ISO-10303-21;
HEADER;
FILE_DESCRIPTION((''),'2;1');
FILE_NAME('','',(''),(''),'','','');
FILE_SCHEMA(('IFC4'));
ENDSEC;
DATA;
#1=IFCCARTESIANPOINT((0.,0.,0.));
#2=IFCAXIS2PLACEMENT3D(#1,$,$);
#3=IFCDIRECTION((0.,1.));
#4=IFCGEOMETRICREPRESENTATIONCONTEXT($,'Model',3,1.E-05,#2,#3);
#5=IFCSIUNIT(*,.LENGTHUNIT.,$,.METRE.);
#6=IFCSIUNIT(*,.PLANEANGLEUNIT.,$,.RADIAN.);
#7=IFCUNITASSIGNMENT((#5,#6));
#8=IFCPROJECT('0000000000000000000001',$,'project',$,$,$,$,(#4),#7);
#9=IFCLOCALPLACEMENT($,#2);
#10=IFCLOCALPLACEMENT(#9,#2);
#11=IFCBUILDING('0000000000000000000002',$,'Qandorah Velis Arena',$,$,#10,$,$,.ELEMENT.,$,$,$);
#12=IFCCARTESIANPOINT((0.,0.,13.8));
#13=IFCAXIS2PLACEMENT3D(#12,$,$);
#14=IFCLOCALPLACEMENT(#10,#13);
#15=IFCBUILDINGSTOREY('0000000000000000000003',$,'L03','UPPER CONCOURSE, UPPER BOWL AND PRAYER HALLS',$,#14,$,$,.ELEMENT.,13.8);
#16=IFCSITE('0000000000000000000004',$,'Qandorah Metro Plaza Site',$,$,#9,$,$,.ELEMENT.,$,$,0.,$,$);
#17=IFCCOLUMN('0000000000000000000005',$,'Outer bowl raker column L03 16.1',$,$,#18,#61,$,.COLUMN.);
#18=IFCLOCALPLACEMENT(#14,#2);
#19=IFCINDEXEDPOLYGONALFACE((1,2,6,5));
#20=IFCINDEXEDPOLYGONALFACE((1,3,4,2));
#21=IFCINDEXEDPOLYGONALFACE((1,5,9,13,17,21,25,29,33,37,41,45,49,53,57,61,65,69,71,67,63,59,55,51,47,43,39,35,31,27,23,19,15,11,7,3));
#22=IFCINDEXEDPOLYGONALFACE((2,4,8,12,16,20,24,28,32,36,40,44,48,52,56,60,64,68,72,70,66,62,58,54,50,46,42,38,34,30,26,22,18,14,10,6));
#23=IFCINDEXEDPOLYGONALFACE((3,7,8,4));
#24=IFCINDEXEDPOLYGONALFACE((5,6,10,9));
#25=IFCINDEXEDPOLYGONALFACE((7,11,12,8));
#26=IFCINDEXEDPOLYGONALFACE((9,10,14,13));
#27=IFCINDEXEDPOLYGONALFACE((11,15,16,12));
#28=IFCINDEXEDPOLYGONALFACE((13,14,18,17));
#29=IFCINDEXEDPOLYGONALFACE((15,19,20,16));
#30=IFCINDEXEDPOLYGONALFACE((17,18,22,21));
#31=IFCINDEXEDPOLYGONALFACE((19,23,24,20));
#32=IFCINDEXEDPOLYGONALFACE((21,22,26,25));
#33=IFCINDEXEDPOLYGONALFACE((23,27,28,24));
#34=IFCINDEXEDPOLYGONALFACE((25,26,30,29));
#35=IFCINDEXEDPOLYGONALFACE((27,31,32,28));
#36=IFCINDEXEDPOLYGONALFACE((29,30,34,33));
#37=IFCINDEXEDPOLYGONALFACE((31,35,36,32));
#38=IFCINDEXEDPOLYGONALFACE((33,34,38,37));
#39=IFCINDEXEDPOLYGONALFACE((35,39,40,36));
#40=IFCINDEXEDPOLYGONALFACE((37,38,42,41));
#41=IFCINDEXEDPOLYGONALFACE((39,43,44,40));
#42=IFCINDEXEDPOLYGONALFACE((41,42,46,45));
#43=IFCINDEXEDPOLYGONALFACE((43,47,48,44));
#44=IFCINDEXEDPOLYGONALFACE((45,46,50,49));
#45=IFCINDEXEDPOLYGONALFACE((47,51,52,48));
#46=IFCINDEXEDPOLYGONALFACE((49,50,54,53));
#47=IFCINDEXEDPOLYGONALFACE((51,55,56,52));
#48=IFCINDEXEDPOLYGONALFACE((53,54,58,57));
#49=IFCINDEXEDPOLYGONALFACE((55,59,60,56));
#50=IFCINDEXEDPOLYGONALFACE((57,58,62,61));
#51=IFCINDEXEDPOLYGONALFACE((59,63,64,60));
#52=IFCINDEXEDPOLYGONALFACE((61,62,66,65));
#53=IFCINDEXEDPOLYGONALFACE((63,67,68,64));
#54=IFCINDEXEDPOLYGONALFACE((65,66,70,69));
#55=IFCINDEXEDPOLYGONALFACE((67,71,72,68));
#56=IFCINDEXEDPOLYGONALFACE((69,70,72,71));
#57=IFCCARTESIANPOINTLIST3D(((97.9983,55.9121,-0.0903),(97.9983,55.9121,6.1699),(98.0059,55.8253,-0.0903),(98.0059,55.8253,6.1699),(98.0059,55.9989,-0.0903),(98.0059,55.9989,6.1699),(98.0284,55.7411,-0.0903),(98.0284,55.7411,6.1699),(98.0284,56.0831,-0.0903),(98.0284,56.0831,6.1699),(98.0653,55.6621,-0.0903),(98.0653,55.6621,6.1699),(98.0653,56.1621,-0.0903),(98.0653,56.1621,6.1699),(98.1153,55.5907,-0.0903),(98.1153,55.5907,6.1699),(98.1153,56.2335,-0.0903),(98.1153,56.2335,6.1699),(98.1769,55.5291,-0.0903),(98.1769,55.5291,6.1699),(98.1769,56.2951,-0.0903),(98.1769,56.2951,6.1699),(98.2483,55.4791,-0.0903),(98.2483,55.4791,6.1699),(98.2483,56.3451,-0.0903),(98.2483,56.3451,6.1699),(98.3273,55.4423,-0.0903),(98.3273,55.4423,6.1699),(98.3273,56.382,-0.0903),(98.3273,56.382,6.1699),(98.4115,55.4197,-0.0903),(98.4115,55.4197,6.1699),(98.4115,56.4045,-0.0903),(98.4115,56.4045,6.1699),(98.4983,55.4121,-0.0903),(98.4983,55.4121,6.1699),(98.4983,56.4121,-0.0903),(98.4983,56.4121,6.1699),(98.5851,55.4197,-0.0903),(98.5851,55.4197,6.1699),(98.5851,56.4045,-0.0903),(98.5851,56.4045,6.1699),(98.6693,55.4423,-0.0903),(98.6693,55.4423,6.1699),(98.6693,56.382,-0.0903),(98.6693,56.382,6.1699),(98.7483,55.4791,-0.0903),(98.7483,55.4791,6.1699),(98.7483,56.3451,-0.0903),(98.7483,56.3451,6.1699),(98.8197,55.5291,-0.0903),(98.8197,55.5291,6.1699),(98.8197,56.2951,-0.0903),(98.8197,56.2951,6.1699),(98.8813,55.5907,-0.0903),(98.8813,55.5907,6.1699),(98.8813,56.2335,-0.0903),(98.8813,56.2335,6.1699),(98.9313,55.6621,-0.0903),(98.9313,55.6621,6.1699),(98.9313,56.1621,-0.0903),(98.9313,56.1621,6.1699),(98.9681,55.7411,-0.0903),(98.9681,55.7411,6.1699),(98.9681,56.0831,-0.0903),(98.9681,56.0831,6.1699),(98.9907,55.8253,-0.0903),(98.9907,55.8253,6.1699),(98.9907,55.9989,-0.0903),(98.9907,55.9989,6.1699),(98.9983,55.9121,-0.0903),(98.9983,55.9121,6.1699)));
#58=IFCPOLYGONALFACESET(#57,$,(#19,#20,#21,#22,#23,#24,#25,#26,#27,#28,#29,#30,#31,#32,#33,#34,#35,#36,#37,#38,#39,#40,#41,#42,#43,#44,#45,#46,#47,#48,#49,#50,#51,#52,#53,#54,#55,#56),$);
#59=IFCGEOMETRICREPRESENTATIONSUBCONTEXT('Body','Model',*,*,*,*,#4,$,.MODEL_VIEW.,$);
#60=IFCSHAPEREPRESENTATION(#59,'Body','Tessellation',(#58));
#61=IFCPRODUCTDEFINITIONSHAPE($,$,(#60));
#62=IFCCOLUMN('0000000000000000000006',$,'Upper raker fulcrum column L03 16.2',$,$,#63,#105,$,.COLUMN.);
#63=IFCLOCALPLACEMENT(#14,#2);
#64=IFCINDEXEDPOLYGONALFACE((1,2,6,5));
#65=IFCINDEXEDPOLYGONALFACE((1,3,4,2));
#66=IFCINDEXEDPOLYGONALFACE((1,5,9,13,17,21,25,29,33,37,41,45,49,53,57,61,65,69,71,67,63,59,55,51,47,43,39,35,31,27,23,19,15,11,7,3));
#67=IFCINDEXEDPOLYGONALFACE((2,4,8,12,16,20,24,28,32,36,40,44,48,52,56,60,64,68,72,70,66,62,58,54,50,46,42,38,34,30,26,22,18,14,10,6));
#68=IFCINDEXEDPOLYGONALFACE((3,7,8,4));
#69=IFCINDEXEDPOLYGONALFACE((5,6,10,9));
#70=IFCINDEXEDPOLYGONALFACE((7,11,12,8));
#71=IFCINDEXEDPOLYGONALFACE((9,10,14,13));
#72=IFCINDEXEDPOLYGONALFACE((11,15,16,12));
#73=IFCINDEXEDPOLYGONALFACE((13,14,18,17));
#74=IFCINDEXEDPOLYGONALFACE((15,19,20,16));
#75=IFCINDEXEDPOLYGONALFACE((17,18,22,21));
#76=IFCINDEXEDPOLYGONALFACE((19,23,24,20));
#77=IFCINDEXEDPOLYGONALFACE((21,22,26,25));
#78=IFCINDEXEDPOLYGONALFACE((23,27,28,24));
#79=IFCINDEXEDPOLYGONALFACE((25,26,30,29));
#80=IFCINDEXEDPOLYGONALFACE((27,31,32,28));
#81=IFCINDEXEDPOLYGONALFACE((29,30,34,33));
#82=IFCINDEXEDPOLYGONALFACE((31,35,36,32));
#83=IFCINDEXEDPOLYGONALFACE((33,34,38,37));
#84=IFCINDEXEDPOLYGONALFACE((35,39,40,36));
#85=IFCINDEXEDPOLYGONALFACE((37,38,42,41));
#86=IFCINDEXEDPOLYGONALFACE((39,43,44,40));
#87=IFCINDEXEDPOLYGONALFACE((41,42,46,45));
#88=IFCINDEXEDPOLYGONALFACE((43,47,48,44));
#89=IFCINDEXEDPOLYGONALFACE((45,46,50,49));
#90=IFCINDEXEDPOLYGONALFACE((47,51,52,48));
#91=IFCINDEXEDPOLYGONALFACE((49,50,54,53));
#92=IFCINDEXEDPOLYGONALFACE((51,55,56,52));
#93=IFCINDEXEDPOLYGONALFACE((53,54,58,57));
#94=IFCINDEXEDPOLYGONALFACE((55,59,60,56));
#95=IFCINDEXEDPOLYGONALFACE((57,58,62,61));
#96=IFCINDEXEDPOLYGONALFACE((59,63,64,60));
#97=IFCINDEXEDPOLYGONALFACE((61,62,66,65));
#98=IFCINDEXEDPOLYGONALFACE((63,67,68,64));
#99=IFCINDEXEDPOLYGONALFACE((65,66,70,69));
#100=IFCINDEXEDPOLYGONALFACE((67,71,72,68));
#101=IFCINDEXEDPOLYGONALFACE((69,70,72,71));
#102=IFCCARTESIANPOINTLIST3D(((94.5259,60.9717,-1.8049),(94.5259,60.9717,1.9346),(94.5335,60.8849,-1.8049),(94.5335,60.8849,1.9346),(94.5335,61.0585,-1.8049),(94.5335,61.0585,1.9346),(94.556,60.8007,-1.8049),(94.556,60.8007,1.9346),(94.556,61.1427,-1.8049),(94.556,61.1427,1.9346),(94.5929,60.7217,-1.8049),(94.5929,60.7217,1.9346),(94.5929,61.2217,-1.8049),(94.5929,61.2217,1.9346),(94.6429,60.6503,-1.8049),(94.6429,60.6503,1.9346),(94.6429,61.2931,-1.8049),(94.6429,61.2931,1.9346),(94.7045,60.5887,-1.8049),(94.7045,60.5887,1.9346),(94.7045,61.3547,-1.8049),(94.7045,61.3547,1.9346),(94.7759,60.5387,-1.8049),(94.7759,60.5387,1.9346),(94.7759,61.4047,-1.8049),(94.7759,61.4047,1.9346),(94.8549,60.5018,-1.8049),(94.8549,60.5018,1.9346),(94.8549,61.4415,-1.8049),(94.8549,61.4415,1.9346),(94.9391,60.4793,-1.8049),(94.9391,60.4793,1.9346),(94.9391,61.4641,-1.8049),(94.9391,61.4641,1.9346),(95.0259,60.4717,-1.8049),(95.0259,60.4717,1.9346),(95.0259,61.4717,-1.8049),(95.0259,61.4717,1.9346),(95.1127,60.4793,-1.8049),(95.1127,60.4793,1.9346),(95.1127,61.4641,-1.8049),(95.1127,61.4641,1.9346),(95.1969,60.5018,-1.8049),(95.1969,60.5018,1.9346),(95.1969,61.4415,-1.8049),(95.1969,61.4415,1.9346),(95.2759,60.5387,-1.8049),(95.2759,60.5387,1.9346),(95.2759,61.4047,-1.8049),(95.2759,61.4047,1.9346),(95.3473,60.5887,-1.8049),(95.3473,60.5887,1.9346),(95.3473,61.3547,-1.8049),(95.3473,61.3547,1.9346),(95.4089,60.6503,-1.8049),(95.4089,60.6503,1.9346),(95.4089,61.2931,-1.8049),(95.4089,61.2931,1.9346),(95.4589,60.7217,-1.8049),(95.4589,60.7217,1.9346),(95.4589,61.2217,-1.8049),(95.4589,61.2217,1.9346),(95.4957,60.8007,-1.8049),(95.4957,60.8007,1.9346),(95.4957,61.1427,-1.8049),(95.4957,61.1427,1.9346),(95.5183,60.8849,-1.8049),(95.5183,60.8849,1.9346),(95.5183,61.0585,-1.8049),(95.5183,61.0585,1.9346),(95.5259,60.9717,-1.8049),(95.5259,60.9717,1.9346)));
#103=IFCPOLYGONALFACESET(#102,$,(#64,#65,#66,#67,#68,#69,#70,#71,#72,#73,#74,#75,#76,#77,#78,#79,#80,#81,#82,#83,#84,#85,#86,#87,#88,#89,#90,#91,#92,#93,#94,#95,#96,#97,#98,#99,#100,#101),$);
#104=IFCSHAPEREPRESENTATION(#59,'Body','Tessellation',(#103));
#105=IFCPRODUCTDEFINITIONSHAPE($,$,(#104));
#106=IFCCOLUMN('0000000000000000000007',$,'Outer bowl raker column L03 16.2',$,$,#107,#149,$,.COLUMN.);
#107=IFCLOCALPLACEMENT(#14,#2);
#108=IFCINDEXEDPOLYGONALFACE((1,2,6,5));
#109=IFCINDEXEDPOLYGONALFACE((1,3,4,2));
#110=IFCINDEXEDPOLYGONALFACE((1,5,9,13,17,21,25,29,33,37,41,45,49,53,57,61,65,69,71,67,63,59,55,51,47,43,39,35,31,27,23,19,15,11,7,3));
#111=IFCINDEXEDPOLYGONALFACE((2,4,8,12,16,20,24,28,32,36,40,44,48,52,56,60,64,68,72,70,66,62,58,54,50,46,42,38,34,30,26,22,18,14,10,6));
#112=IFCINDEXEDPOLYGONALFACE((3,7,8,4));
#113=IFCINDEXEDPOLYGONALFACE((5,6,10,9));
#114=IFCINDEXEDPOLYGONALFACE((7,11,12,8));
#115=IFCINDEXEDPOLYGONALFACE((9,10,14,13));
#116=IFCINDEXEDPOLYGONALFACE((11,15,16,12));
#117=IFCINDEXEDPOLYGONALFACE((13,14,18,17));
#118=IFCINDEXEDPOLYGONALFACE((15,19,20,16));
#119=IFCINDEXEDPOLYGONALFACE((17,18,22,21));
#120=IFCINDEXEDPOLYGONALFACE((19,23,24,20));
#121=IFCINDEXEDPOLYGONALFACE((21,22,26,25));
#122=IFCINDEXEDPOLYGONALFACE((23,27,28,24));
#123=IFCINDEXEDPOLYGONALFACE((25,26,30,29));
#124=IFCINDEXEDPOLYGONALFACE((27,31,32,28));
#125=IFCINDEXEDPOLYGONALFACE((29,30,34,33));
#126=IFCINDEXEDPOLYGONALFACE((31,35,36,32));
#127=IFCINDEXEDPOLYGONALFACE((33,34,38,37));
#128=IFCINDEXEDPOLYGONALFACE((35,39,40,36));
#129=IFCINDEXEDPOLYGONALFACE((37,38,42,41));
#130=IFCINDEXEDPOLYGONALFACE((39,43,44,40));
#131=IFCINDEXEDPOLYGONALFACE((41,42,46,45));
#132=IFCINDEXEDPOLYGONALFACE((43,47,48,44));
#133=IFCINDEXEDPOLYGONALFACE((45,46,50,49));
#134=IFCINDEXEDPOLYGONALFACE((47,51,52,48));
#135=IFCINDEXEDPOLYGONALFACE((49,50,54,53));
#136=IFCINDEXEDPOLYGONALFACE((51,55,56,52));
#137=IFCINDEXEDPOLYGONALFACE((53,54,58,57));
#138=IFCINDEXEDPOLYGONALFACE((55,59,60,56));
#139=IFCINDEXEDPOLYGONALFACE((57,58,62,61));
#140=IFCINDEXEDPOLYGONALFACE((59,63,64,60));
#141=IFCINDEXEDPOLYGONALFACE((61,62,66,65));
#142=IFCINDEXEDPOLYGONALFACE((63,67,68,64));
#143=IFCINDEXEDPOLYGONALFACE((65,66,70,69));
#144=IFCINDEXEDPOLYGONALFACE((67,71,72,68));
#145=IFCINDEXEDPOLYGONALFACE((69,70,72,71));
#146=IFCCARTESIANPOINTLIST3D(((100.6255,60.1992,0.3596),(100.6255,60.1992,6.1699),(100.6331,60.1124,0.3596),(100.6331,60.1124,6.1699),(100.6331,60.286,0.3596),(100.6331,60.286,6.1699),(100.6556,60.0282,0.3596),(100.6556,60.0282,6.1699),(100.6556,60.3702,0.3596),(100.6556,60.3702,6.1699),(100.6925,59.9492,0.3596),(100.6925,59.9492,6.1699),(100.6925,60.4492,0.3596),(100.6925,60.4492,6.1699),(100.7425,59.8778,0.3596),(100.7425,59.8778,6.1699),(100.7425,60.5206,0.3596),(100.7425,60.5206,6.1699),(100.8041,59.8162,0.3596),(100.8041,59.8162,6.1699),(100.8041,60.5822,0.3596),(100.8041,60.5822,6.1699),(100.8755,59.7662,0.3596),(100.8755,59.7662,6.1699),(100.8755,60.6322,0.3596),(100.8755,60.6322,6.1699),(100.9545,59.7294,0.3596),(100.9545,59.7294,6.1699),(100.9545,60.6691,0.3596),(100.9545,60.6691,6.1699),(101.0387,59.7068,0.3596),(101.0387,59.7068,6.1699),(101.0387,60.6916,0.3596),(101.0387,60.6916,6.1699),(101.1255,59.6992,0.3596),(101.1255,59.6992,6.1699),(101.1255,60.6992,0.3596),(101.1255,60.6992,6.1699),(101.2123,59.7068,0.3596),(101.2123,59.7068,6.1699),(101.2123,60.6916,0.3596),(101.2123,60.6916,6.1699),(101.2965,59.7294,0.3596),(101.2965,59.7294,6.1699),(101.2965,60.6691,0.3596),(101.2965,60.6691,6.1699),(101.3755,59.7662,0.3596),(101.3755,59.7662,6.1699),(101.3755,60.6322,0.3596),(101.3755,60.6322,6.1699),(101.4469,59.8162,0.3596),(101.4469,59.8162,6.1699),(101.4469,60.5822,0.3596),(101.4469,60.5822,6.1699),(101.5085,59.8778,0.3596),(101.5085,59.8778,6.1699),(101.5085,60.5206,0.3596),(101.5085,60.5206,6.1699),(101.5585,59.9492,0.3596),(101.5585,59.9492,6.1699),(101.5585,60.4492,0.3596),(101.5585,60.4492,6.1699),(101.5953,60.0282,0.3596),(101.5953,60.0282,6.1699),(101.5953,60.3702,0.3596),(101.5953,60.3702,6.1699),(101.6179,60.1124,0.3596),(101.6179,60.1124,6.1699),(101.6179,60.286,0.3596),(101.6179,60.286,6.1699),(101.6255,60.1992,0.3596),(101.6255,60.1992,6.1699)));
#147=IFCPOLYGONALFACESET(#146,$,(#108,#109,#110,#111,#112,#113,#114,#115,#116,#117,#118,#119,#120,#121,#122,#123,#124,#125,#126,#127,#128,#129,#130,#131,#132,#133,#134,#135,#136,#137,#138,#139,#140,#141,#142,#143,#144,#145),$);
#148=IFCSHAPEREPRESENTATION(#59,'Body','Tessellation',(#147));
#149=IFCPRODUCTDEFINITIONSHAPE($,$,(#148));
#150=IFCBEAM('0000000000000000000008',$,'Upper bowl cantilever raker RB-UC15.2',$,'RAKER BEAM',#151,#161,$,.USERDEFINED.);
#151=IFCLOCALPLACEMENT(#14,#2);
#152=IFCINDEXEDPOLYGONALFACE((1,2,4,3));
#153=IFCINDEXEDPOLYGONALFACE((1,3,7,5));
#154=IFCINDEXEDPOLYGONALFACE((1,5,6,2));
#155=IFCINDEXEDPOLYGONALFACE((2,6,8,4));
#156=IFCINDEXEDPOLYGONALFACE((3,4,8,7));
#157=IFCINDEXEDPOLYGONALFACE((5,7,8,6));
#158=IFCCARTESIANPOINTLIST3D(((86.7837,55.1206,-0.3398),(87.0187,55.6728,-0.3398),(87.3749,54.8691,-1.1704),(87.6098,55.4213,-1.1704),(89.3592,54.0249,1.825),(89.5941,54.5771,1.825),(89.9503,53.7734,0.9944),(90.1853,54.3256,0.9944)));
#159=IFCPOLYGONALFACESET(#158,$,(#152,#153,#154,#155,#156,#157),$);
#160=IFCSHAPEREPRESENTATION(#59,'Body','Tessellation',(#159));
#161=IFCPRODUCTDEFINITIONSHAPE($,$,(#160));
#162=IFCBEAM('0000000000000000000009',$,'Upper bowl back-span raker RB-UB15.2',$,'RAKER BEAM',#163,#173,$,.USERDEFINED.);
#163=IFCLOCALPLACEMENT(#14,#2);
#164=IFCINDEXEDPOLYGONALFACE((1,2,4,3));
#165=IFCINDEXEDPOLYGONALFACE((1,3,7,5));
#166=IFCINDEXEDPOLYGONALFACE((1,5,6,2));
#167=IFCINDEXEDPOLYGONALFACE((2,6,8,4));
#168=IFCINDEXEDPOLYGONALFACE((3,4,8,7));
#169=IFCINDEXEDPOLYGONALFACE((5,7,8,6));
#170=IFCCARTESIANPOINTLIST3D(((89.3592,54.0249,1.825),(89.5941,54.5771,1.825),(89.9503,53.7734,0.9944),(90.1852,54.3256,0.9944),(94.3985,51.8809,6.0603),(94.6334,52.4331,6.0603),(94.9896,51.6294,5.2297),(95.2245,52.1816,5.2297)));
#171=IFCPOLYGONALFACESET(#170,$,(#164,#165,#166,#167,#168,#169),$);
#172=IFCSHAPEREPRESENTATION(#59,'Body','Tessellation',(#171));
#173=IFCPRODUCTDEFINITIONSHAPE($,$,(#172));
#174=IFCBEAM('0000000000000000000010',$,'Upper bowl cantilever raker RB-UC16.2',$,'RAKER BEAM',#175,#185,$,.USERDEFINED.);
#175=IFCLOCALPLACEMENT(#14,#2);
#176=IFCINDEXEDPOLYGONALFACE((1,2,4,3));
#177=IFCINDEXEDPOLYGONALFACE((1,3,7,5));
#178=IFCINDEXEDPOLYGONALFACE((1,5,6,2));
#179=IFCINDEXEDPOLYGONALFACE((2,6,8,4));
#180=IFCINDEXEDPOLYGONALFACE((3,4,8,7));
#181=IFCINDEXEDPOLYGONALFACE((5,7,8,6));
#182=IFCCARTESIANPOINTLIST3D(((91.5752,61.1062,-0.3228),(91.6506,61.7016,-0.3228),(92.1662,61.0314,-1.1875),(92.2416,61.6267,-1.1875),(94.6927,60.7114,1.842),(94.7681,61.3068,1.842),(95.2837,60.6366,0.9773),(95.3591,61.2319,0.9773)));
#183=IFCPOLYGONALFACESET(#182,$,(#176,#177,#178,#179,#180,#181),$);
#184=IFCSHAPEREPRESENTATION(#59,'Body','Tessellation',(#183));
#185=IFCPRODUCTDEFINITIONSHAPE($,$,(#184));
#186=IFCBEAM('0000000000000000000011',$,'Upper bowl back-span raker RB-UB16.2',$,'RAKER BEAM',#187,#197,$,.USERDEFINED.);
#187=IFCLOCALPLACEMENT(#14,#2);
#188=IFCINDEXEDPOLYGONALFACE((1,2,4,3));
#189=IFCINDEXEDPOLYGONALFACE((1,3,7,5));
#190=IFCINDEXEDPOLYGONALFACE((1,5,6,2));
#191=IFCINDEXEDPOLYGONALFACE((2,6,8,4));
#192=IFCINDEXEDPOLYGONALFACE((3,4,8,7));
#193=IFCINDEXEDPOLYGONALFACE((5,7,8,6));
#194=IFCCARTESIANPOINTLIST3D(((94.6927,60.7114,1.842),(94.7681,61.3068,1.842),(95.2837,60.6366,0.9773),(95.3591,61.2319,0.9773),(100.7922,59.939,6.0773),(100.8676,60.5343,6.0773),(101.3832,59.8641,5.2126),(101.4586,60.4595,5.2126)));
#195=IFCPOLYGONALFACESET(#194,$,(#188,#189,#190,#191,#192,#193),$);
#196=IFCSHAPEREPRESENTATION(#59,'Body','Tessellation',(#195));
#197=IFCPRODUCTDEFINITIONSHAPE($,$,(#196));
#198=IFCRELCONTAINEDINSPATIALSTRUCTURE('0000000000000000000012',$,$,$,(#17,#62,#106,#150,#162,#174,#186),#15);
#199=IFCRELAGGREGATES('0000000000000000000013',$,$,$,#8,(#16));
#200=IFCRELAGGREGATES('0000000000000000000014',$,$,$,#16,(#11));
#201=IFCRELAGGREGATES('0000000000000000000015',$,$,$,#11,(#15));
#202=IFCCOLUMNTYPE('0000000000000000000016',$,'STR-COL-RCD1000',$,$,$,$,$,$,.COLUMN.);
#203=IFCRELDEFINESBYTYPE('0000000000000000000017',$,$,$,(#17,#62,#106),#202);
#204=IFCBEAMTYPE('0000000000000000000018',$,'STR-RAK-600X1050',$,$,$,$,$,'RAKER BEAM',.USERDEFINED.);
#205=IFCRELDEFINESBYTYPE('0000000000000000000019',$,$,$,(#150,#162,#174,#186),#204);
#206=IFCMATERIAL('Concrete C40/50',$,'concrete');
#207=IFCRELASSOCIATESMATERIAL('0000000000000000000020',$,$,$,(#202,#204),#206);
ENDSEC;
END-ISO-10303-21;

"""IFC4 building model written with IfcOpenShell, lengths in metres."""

from ifc_helpers import new_model, si_unit, direction, frame, origin, origin_2d, place, context, subcontext, project, spatial, rectangle, circle, extrude, material, material_profile, profile_set, type_object, element, save


model = new_model("IFC4")

# Units and contexts
model_context = context("Model", 3, precision=1e-05, world=origin(), true_north=direction((0.0, 1.0)))
body_context = subcontext(model_context, "Body", "Model", "MODEL_VIEW")
ifc_project = project(units=[si_unit("LENGTHUNIT", "METRE"), si_unit("PLANEANGLEUNIT", "RADIAN")], contexts=[model_context])

# Site, building, storey
site_placement = place(None, origin())
site = spatial("IfcSite", under=ifc_project, at=site_placement, Name="Qandorah Metro Plaza Site", CompositionType="ELEMENT", RefElevation=0.0)
building_placement = place(site_placement, origin())
building = spatial("IfcBuilding", under=site, at=building_placement, Name="Qandorah Velis Arena", CompositionType="ELEMENT")
storey_placement = place(building_placement, frame((0.0, 0.0, 13.8)))
storey = spatial("IfcBuildingStorey", under=building, at=storey_placement, Name="L03", Description="UPPER CONCOURSE, UPPER BOWL AND PRAYER HALLS", CompositionType="ELEMENT", Elevation=13.8)

# Columns
ifc_material_1 = material(Name="Concrete C40/50", Category="concrete")
ifc_material_profile_1 = material_profile(ifc_material_1, circle(Radius=0.5, at=origin_2d()), Name="RC D1000")
ifc_profile_set_1 = profile_set([ifc_material_profile_1], Name="Concrete C40/50")
column_type = type_object("IfcColumnType", Name="STR-COL-RCD1000", PredefinedType="COLUMN", material=ifc_profile_set_1)
column_1_placement = place(storey_placement, frame((98.4983, 55.9121, -0.0903), z_axis=(0.0, 0.0, 1.0), x_axis=(1.0, 0.0, 0.0)))
element("IfcColumn", 1, at=column_1_placement, inside=storey, type_object=column_type, Name="Outer bowl raker column L03 16.1", PredefinedType="COLUMN", context=body_context, shape_type="SweptSolid", body=[
    extrude(circle(Radius=0.5, at=origin_2d()), origin(), (0.0, 0.0, 1.0), 6.2603),
])
column_2_placement = place(storey_placement, frame((95.0259, 60.9717, -1.8049), z_axis=(0.0, 0.0, 1.0), x_axis=(1.0, 0.0, 0.0)))
element("IfcColumn", 2, at=column_2_placement, inside=storey, type_object=column_type, Name="Upper raker fulcrum column L03 16.2", PredefinedType="COLUMN", context=body_context, shape_type="SweptSolid", body=[
    extrude(circle(Radius=0.5, at=origin_2d()), origin(), (0.0, 0.0, 1.0), 3.7395),
])
column_3_placement = place(storey_placement, frame((101.1255, 60.1992, 0.3596), z_axis=(0.0, 0.0, 1.0), x_axis=(1.0, 0.0, 0.0)))
element("IfcColumn", 3, at=column_3_placement, inside=storey, type_object=column_type, Name="Outer bowl raker column L03 16.2", PredefinedType="COLUMN", context=body_context, shape_type="SweptSolid", body=[
    extrude(circle(Radius=0.5, at=origin_2d()), origin(), (0.0, 0.0, 1.0), 5.8103),
])

# Beams
ifc_material_profile_2 = material_profile(ifc_material_1, rectangle(XDim=0.6001, YDim=1.05, at=origin_2d()), Name="RC RAKER 600x1050")
ifc_profile_set_2 = profile_set([ifc_material_profile_2], Name="Concrete C40/50")
beam_type_1 = type_object("IfcBeamType", Name="STR-RAK-600X1050", ElementType="RAKER BEAM", PredefinedType="USERDEFINED", material=ifc_profile_set_2)
beam_1_placement = place(storey_placement, frame((89.7722, 54.1753, 1.4097), z_axis=(-0.727868, 0.309667, -0.611812), x_axis=(-0.391486, -0.920184, 0.0)))
element("IfcBeam", 4, at=beam_1_placement, inside=storey, type_object=beam_type_1, Name="Upper bowl cantilever raker RB-UC15.2", ObjectType="RAKER BEAM", PredefinedType="USERDEFINED", context=body_context, shape_type="SweptSolid", body=[
    extrude(rectangle(XDim=0.6001, YDim=1.05, at=origin_2d()), origin(), (0.0, 0.0, 1.0), 3.5383),
])
beam_2_placement = place(storey_placement, frame((89.7722, 54.1753, 1.4097), z_axis=(0.727894, -0.309693, 0.611768), x_axis=(0.391502, 0.920177, 0.0)))
element("IfcBeam", 5, at=beam_2_placement, inside=storey, type_object=beam_type_1, Name="Upper bowl back-span raker RB-UB15.2", ObjectType="RAKER BEAM", PredefinedType="USERDEFINED", context=body_context, shape_type="SweptSolid", body=[
    extrude(rectangle(XDim=0.6001, YDim=1.05, at=origin_2d()), origin(), (0.0, 0.0, 1.0), 6.9231),
])
beam_3_placement = place(storey_placement, frame((95.0259, 60.9717, 1.4097), z_axis=(-0.816973, 0.103457, -0.567319), x_axis=(-0.125631, -0.992077, 0.0)))
element("IfcBeam", 6, at=beam_3_placement, inside=storey, type_object=beam_type_1, Name="Upper bowl cantilever raker RB-UC16.2", ObjectType="RAKER BEAM", PredefinedType="USERDEFINED", context=body_context, shape_type="SweptSolid", body=[
    extrude(rectangle(XDim=0.6001, YDim=1.05, at=origin_2d()), origin(), (0.0, 0.0, 1.0), 3.8159),
])
beam_4_placement = place(storey_placement, frame((95.0259, 60.9717, 1.4097), z_axis=(0.816992, -0.103465, 0.56729), x_axis=(0.125638, 0.992076, 0.0)))
element("IfcBeam", 7, at=beam_4_placement, inside=storey, type_object=beam_type_1, Name="Upper bowl back-span raker RB-UB16.2", ObjectType="RAKER BEAM", PredefinedType="USERDEFINED", context=body_context, shape_type="SweptSolid", body=[
    extrude(rectangle(XDim=0.6001, YDim=1.05, at=origin_2d()), origin(), (0.0, 0.0, 1.0), 7.4658),
])

save(model, "model.ifc")
